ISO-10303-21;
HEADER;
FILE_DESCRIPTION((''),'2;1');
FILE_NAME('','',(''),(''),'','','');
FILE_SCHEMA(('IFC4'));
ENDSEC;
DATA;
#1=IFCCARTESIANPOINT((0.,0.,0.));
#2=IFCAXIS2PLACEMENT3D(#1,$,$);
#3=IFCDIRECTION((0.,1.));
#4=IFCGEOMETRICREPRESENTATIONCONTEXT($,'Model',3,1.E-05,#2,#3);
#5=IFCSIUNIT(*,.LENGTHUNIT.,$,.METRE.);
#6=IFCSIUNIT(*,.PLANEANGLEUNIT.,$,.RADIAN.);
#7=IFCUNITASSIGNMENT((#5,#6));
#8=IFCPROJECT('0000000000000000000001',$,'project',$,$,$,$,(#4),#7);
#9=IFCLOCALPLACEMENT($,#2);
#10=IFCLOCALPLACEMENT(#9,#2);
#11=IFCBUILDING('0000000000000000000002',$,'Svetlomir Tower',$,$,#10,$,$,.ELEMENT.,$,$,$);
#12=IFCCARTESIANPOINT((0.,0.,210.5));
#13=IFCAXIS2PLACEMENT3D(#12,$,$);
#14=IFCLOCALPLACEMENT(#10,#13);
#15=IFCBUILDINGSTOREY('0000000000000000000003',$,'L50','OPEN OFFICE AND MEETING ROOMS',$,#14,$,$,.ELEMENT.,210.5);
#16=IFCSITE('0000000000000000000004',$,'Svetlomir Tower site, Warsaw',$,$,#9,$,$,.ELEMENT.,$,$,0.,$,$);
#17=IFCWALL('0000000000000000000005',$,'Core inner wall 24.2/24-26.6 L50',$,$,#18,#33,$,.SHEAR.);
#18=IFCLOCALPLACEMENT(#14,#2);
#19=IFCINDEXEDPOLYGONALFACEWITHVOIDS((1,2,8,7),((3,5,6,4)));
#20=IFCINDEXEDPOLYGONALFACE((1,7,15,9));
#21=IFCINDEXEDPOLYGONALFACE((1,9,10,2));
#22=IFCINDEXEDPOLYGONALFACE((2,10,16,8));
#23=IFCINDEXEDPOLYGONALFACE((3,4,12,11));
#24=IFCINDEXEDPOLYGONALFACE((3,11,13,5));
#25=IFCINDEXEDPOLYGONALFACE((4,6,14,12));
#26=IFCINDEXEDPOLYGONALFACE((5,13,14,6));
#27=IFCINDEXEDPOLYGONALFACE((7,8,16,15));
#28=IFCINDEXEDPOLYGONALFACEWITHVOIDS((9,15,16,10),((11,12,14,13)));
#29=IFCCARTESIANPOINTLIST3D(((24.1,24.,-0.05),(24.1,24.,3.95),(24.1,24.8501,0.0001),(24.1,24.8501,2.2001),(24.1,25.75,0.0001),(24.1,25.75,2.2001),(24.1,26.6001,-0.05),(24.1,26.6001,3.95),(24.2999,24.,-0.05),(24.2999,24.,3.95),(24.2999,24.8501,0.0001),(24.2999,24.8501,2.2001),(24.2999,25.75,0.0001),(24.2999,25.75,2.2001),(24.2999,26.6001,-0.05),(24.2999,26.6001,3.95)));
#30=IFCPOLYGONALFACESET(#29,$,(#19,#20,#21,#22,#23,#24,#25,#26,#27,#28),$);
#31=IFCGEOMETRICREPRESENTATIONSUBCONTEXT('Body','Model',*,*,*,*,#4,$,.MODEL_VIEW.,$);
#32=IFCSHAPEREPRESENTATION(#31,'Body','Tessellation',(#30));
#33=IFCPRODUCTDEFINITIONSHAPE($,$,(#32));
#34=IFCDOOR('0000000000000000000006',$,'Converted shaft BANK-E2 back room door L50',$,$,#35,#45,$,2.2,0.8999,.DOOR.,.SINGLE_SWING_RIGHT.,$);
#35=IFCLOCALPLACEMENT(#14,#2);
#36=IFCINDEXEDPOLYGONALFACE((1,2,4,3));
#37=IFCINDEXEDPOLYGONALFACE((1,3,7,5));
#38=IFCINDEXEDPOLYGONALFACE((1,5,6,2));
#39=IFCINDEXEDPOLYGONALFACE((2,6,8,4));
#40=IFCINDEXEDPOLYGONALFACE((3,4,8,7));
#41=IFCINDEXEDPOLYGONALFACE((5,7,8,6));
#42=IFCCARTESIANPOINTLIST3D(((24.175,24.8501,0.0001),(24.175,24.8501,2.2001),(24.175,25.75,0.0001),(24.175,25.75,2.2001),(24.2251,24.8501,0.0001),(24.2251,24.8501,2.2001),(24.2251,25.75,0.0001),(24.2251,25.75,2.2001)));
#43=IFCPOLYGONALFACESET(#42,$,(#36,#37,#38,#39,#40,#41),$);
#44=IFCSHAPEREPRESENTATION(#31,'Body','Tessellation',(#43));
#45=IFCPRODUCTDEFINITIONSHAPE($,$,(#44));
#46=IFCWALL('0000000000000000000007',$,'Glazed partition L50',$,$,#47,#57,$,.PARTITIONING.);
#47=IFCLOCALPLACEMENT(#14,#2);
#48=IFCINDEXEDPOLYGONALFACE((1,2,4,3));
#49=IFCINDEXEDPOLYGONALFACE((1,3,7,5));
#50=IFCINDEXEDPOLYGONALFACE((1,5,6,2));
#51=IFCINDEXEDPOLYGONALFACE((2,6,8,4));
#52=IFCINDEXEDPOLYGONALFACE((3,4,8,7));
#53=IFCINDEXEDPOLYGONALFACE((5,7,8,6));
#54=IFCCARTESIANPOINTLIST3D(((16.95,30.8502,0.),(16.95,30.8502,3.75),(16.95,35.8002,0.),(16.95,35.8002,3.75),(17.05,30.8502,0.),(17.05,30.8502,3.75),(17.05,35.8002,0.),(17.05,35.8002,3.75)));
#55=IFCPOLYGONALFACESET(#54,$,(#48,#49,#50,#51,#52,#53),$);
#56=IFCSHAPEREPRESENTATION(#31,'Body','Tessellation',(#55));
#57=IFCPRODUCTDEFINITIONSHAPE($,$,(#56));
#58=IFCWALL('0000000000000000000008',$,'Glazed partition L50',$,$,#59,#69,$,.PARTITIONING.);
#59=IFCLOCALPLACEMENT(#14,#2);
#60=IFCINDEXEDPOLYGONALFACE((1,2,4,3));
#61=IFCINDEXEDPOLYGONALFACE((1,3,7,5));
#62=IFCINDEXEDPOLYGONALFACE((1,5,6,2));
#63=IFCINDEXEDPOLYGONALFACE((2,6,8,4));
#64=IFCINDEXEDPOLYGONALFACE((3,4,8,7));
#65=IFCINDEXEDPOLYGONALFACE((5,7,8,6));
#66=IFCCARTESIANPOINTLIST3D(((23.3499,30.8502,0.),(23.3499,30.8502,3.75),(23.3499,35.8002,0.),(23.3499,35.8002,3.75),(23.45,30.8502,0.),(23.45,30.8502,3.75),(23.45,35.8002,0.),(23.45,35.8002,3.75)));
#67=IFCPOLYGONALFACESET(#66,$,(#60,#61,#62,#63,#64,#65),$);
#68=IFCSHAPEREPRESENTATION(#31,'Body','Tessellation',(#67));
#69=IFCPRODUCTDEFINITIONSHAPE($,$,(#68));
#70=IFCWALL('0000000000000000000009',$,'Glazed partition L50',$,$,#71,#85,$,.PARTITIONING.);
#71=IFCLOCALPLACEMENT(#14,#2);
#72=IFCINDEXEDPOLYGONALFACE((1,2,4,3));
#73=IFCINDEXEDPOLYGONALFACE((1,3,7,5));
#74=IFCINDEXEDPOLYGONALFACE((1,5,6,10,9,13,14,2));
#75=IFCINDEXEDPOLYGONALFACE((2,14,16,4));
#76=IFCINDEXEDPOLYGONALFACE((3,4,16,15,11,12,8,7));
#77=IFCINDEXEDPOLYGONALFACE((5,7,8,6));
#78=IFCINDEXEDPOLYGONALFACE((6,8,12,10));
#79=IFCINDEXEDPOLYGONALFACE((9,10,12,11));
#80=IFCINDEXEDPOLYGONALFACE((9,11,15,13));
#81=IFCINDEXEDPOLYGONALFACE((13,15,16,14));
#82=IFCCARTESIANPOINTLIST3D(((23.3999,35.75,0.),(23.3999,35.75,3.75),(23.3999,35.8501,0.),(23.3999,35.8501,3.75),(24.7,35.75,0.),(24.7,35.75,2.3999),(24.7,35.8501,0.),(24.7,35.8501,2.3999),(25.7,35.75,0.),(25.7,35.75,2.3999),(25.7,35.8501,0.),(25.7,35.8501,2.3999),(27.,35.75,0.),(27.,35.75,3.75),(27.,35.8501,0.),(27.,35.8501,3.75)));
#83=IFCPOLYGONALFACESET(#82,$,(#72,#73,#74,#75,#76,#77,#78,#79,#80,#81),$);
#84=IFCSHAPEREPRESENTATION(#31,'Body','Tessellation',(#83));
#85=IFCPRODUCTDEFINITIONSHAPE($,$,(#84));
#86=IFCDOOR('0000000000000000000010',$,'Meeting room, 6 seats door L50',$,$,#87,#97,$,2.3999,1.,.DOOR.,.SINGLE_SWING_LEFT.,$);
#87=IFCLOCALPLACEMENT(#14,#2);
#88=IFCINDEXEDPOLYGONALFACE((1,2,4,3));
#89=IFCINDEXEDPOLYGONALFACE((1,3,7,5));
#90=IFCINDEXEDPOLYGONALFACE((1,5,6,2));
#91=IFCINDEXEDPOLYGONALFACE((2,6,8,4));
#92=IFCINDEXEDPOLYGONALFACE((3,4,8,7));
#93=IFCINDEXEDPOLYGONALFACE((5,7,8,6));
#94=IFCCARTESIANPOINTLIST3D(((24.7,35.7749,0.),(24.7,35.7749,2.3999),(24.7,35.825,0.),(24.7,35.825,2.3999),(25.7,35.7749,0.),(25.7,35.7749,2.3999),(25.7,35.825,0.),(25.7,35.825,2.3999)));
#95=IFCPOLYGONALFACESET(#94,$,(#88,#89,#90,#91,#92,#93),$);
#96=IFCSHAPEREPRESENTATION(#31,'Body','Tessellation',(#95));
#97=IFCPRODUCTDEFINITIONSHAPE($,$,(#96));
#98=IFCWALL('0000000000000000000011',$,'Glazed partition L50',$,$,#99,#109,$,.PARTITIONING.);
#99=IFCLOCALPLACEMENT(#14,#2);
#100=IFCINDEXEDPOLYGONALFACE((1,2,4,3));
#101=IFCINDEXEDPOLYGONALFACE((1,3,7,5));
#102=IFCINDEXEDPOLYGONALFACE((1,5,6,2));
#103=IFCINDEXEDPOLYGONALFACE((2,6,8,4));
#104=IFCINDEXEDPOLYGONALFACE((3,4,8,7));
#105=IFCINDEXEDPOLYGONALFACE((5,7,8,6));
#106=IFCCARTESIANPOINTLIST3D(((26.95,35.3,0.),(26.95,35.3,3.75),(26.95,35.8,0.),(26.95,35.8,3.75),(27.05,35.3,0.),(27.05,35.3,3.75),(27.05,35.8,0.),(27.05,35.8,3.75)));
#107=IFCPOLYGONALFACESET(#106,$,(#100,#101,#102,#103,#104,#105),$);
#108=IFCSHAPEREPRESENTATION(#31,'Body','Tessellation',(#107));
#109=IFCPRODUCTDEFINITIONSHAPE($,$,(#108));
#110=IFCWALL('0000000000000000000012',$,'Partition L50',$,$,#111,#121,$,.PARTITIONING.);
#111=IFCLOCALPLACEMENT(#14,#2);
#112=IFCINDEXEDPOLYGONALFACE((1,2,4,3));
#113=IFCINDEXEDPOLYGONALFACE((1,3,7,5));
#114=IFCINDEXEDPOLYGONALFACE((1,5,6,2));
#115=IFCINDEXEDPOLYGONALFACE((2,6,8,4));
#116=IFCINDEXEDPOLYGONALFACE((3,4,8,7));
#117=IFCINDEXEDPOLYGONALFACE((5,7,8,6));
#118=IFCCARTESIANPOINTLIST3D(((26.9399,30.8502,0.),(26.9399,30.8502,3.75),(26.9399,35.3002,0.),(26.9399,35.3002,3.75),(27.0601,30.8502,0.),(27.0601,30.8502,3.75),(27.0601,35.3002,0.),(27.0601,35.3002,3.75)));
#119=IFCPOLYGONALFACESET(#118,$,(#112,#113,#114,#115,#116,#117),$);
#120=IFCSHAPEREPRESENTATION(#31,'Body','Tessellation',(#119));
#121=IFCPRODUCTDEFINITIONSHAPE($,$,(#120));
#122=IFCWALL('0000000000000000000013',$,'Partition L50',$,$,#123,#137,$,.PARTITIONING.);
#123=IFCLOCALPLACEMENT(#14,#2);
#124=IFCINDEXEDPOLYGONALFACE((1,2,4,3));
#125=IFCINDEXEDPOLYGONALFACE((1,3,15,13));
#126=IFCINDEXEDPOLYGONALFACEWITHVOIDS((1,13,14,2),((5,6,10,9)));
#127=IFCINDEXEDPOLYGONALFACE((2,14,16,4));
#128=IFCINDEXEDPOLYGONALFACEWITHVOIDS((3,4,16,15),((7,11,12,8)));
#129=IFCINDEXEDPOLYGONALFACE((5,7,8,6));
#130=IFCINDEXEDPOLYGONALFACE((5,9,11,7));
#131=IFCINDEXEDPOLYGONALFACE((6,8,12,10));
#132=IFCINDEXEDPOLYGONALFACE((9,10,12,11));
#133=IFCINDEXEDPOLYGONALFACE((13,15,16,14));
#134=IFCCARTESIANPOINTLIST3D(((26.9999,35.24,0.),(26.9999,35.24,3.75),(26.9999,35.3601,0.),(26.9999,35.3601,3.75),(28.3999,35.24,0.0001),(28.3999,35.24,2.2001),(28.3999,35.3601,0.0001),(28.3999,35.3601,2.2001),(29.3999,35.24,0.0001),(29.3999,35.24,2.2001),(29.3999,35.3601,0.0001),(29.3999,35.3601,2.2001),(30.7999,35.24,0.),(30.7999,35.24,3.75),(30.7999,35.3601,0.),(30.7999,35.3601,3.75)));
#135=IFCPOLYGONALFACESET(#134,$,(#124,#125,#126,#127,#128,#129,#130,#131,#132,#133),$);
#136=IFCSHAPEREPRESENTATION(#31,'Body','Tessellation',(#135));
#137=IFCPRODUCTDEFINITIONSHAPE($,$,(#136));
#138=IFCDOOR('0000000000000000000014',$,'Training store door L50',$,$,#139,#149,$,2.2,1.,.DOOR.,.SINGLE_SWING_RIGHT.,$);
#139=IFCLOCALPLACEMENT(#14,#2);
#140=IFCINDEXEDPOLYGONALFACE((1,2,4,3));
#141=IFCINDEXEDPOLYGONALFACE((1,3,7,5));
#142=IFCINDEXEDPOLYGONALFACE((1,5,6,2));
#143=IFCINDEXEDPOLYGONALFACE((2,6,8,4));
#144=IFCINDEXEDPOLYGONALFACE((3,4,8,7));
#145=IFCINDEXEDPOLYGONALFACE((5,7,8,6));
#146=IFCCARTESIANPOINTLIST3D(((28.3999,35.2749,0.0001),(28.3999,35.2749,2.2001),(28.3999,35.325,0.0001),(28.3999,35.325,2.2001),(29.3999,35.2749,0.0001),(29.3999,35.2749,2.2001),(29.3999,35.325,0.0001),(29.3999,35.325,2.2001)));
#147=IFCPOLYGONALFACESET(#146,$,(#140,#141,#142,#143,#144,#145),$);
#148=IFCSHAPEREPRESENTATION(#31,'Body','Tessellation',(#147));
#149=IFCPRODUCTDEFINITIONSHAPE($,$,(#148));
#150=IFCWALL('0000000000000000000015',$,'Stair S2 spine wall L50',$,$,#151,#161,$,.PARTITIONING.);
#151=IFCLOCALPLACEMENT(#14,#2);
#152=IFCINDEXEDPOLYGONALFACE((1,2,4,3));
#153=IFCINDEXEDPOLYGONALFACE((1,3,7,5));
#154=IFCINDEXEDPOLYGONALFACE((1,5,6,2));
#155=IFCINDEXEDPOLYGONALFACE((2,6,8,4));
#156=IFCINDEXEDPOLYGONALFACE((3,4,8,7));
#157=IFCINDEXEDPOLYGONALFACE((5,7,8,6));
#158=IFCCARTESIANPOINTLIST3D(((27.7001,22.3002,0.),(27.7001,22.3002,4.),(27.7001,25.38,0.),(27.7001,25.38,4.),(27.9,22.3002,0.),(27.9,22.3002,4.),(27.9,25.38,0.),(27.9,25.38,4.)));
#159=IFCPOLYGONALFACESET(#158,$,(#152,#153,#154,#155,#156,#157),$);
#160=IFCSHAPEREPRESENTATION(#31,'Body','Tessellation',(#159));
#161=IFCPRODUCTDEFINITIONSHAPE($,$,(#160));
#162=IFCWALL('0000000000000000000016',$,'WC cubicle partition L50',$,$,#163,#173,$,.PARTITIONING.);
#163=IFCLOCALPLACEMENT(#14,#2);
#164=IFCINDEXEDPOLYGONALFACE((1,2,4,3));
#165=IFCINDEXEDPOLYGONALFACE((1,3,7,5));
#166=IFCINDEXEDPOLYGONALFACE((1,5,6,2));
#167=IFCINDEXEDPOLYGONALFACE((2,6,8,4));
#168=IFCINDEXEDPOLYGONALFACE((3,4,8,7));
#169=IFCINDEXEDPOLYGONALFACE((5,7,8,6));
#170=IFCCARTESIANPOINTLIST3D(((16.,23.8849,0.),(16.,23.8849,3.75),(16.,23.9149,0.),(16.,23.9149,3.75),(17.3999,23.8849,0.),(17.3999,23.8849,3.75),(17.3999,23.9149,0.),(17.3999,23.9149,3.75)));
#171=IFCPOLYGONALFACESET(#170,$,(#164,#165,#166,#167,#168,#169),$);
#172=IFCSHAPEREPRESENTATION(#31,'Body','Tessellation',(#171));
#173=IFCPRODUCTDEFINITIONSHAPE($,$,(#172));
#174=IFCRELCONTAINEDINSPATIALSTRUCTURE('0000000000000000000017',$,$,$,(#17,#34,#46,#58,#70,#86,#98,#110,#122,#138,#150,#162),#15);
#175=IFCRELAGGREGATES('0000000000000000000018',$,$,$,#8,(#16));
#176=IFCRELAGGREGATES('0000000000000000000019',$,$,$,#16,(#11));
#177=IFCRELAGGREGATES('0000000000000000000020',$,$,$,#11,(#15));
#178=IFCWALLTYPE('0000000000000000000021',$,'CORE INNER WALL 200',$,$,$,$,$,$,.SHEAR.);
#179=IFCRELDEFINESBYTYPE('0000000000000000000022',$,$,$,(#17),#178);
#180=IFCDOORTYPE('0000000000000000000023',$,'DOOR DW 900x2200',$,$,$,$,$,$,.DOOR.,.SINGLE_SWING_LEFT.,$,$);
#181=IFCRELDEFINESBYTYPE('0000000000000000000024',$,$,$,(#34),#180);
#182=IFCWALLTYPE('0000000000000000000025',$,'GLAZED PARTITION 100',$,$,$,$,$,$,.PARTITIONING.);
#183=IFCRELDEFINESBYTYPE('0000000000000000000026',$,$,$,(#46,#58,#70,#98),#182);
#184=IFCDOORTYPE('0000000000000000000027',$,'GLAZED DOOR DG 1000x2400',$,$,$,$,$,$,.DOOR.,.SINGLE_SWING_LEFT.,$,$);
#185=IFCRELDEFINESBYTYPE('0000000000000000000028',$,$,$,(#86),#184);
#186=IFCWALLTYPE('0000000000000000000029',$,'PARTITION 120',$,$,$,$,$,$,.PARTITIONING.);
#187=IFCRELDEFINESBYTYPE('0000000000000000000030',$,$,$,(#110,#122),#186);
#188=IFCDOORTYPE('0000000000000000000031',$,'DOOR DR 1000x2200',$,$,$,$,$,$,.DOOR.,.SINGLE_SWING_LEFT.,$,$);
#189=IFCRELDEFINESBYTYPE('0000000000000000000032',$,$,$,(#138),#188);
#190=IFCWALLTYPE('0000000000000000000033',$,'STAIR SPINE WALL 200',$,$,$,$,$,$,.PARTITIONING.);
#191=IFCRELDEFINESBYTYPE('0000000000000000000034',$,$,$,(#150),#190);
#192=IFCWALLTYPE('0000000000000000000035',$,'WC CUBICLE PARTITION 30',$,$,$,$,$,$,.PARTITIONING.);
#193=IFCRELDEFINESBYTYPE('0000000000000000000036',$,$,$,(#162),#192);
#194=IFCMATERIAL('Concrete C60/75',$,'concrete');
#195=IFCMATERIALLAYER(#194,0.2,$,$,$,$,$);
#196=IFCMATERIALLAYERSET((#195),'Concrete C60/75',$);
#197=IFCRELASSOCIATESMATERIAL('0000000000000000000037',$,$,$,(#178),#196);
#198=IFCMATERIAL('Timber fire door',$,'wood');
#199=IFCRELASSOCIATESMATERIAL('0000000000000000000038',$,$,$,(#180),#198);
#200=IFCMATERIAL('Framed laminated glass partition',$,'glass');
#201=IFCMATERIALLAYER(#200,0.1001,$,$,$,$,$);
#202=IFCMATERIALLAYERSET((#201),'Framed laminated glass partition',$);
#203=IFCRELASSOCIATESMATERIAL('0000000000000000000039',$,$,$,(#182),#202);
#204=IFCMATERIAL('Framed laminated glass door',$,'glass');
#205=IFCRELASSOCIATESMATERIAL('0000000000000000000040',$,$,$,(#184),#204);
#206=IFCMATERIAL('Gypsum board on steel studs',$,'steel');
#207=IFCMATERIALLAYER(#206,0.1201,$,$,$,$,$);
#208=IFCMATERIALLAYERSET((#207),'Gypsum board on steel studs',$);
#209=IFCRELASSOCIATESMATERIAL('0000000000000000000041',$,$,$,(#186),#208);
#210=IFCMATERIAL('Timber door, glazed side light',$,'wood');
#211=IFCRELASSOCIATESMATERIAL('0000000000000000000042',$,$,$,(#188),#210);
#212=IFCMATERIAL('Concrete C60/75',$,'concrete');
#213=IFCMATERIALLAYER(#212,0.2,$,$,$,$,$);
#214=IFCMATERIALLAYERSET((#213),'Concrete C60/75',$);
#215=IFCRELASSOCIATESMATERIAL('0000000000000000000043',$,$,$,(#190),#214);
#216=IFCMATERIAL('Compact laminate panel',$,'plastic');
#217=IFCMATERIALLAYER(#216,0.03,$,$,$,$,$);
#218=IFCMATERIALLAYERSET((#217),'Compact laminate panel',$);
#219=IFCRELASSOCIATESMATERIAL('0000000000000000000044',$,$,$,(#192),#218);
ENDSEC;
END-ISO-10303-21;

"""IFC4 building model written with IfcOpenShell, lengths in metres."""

from ifc_helpers import new_model, si_unit, direction, frame, frame_2d, origin, place, context, subcontext, project, spatial, rectangle, extrude, material, layer, layer_set, type_object, element, fill, save


model = new_model("IFC4")

# Units and contexts
model_context = context("Model", 3, precision=1e-05, world=origin(), true_north=direction((0.0, 1.0)))
body_context = subcontext(model_context, "Body", "Model", "MODEL_VIEW")
ifc_project = project(units=[si_unit("LENGTHUNIT", "METRE"), si_unit("PLANEANGLEUNIT", "RADIAN")], contexts=[model_context])

# Site, building, storey
site_placement = place(None, origin())
site = spatial("IfcSite", under=ifc_project, at=site_placement, Name="Svetlomir Tower site, Warsaw", CompositionType="ELEMENT", RefElevation=0.0)
building_placement = place(site_placement, origin())
building = spatial("IfcBuilding", under=site, at=building_placement, Name="Svetlomir Tower", CompositionType="ELEMENT")
storey_placement = place(building_placement, frame((0.0, 0.0, 210.5)))
storey = spatial("IfcBuildingStorey", under=building, at=storey_placement, Name="L50", Description="OPEN OFFICE AND MEETING ROOMS", CompositionType="ELEMENT", Elevation=210.5)

# Shared definitions
ifc_material_1 = material(Name="Concrete C60/75", Category="concrete")
ifc_layer_1 = layer(ifc_material_1, 0.2)
ifc_layer_set_1 = layer_set([ifc_layer_1], Name="Concrete C60/75")
wall_type_1 = type_object("IfcWallType", Name="CORE INNER WALL 200", PredefinedType="SHEAR", material=ifc_layer_set_1)

# Wall, opening, door
ifc_material_2 = material(Name="Timber fire door", Category="wood")
door_type_1 = type_object("IfcDoorType", Name="DOOR DW 900x2200", OperationType="SINGLE_SWING_LEFT", PredefinedType="DOOR", material=ifc_material_2)
wall_1_placement = place(storey_placement, frame((24.2, 24.0, -0.05), z_axis=(0.0, 0.0, 1.0), x_axis=(0.0, 1.0, 0.0)))
wall_1 = element("IfcWall", 1, at=wall_1_placement, inside=storey, type_object=wall_type_1, Name="Core inner wall 24.2/24-26.6 L50", PredefinedType="SHEAR", context=body_context, shape_type="SweptSolid", body=[
    extrude(rectangle(XDim=2.6001, YDim=0.2, at=frame_2d((1.3, 0.0))), origin(), (0.0, 0.0, 1.0), 4.0),
])
opening_1_placement = place(wall_1_placement, frame((0.8501, 0.0, 0.05)))
opening_1 = element("IfcOpeningElement", 2, at=opening_1_placement, cuts=wall_1, PredefinedType="OPENING", context=body_context, shape_type="SweptSolid", body=[
    extrude(rectangle(XDim=0.8999, YDim=2.2, at=frame_2d((0.45, 1.1001))), frame((0.0, 0.1099, 0.0), z_axis=(0.0, -1.0, 0.0), x_axis=(1.0, 0.0, 0.0)), (0.0, 0.0, 1.0), 0.22),
])
door_1_placement = place(opening_1_placement, origin())
door_1 = element("IfcDoor", 3, at=door_1_placement, inside=storey, type_object=door_type_1, Name="Converted shaft BANK-E2 back room door L50", OperationType="SINGLE_SWING_RIGHT", OverallHeight=2.2, OverallWidth=0.8999, PredefinedType="DOOR", context=body_context, shape_type="SweptSolid", body=[
    extrude(rectangle(XDim=0.8999, YDim=2.2, at=frame_2d((0.45, 1.1001))), frame((0.0, 0.0249, 0.0), z_axis=(0.0, -1.0, 0.0), x_axis=(1.0, 0.0, 0.0)), (0.0, 0.0, 1.0), 0.05),
])
fill(opening_1, door_1)

# Walls
ifc_material_3 = material(Name="Framed laminated glass partition", Category="glass")
ifc_layer_2 = layer(ifc_material_3, 0.1001)
ifc_layer_set_2 = layer_set([ifc_layer_2], Name="Framed laminated glass partition")
wall_type_2 = type_object("IfcWallType", Name="GLAZED PARTITION 100", PredefinedType="PARTITIONING", material=ifc_layer_set_2)
for number, where, z_axis, x_axis, name in (
    (4, (17.0, 30.8501, 0.0), (0.0, 0.0, 1.0), (0.0, 1.0, 0.0), "Glazed partition L50"),
    (5, (23.3999, 30.8501, 0.0), (0.0, 0.0, 1.0), (0.0, 1.0, 0.0), "Glazed partition L50"),
):
    element("IfcWall", number, at=place(storey_placement, frame(where, z_axis=z_axis, x_axis=x_axis)), inside=storey, type_object=wall_type_2, Name=name, PredefinedType="PARTITIONING", context=body_context, shape_type="SweptSolid", body=[
        extrude(rectangle(XDim=4.95, YDim=0.1001, at=frame_2d((2.4751, 0.0))), origin(), (0.0, 0.0, 1.0), 3.75),
    ])

# Wall, opening, door
wall_2_placement = place(storey_placement, frame((23.3999, 35.8, 0.0), z_axis=(0.0, 0.0, 1.0), x_axis=(1.0, 0.0, 0.0)))
wall_2 = element("IfcWall", 6, at=wall_2_placement, inside=storey, type_object=wall_type_2, Name="Glazed partition L50", PredefinedType="PARTITIONING", context=body_context, shape_type="SweptSolid", body=[
    extrude(rectangle(XDim=3.6001, YDim=0.1001, at=frame_2d((1.8, 0.0))), origin(), (0.0, 0.0, 1.0), 3.75),
])
opening_2_placement = place(wall_2_placement, frame((1.3, 0.0, 0.0)))
opening_2 = element("IfcOpeningElement", 7, at=opening_2_placement, cuts=wall_2, PredefinedType="OPENING", context=body_context, shape_type="SweptSolid", body=[
    extrude(rectangle(XDim=1.0, YDim=2.3999, at=frame_2d((0.5, 1.2))), frame((0.0, 0.0601, 0.0), z_axis=(0.0, -1.0, 0.0), x_axis=(1.0, 0.0, 0.0)), (0.0, 0.0, 1.0), 0.1201),
])
ifc_material_4 = material(Name="Framed laminated glass door", Category="glass")
door_type_2 = type_object("IfcDoorType", Name="GLAZED DOOR DG 1000x2400", OperationType="SINGLE_SWING_LEFT", PredefinedType="DOOR", material=ifc_material_4)
door_2_placement = place(opening_2_placement, origin())
door_2 = element("IfcDoor", 8, at=door_2_placement, inside=storey, type_object=door_type_2, Name="Meeting room, 6 seats door L50", OperationType="SINGLE_SWING_LEFT", OverallHeight=2.3999, OverallWidth=1.0, PredefinedType="DOOR", context=body_context, shape_type="SweptSolid", body=[
    extrude(rectangle(XDim=1.0, YDim=2.3999, at=frame_2d((0.5, 1.2))), frame((0.0, 0.0249, 0.0), z_axis=(0.0, -1.0, 0.0), x_axis=(1.0, 0.0, 0.0)), (0.0, 0.0, 1.0), 0.05),
])
fill(opening_2, door_2)

# Walls
wall_3_placement = place(storey_placement, frame((27.0, 35.3, 0.0), z_axis=(0.0, 0.0, 1.0), x_axis=(0.0, 1.0, 0.0)))
element("IfcWall", 9, at=wall_3_placement, inside=storey, type_object=wall_type_2, Name="Glazed partition L50", PredefinedType="PARTITIONING", context=body_context, shape_type="SweptSolid", body=[
    extrude(rectangle(XDim=0.5, YDim=0.1001, at=frame_2d((0.25, 0.0))), origin(), (0.0, 0.0, 1.0), 3.75),
])
ifc_material_5 = material(Name="Gypsum board on steel studs", Category="steel")
ifc_layer_3 = layer(ifc_material_5, 0.1201)
ifc_layer_set_3 = layer_set([ifc_layer_3], Name="Gypsum board on steel studs")
wall_type_3 = type_object("IfcWallType", Name="PARTITION 120", PredefinedType="PARTITIONING", material=ifc_layer_set_3)
wall_4_placement = place(storey_placement, frame((27.0, 30.8501, 0.0), z_axis=(0.0, 0.0, 1.0), x_axis=(0.0, 1.0, 0.0)))
element("IfcWall", 10, at=wall_4_placement, inside=storey, type_object=wall_type_3, Name="Partition L50", PredefinedType="PARTITIONING", context=body_context, shape_type="SweptSolid", body=[
    extrude(rectangle(XDim=4.45, YDim=0.1201, at=frame_2d((2.2251, 0.0))), origin(), (0.0, 0.0, 1.0), 3.75),
])

# Wall, opening, door
wall_5_placement = place(storey_placement, frame((27.0, 35.3, 0.0), z_axis=(0.0, 0.0, 1.0), x_axis=(1.0, 0.0, 0.0)))
wall_5 = element("IfcWall", 11, at=wall_5_placement, inside=storey, type_object=wall_type_3, Name="Partition L50", PredefinedType="PARTITIONING", context=body_context, shape_type="SweptSolid", body=[
    extrude(rectangle(XDim=3.8, YDim=0.1201, at=frame_2d((1.8999, 0.0))), origin(), (0.0, 0.0, 1.0), 3.75),
])
opening_3_placement = place(wall_5_placement, frame((1.3999, 0.0, 0.0)))
opening_3 = element("IfcOpeningElement", 12, at=opening_3_placement, cuts=wall_5, PredefinedType="OPENING", context=body_context, shape_type="SweptSolid", body=[
    extrude(rectangle(XDim=1.0, YDim=2.2, at=frame_2d((0.5, 1.1001))), frame((0.0, 0.0701, 0.0), z_axis=(0.0, -1.0, 0.0), x_axis=(1.0, 0.0, 0.0)), (0.0, 0.0, 1.0), 0.1401),
])
ifc_material_6 = material(Name="Timber door, glazed side light", Category="wood")
door_type_3 = type_object("IfcDoorType", Name="DOOR DR 1000x2200", OperationType="SINGLE_SWING_LEFT", PredefinedType="DOOR", material=ifc_material_6)
door_3_placement = place(opening_3_placement, origin())
door_3 = element("IfcDoor", 13, at=door_3_placement, inside=storey, type_object=door_type_3, Name="Training store door L50", OperationType="SINGLE_SWING_RIGHT", OverallHeight=2.2, OverallWidth=1.0, PredefinedType="DOOR", context=body_context, shape_type="SweptSolid", body=[
    extrude(rectangle(XDim=1.0, YDim=2.2, at=frame_2d((0.5, 1.1001))), frame((0.0, 0.0249, 0.0), z_axis=(0.0, -1.0, 0.0), x_axis=(1.0, 0.0, 0.0)), (0.0, 0.0, 1.0), 0.05),
])
fill(opening_3, door_3)

# Walls
ifc_material_7 = material(Name="Concrete C60/75", Category="concrete")
ifc_layer_4 = layer(ifc_material_7, 0.2)
ifc_layer_set_4 = layer_set([ifc_layer_4], Name="Concrete C60/75")
wall_type_4 = type_object("IfcWallType", Name="STAIR SPINE WALL 200", PredefinedType="PARTITIONING", material=ifc_layer_set_4)
wall_6_placement = place(storey_placement, frame((27.8, 22.3, 0.0), z_axis=(0.0, 0.0, 1.0), x_axis=(0.0, 1.0, 0.0)))
element("IfcWall", 14, at=wall_6_placement, inside=storey, type_object=wall_type_4, Name="Stair S2 spine wall L50", PredefinedType="PARTITIONING", context=body_context, shape_type="SweptSolid", body=[
    extrude(rectangle(XDim=3.0798, YDim=0.2, at=frame_2d((1.54, 0.0))), origin(), (0.0, 0.0, 1.0), 4.0),
])
ifc_material_8 = material(Name="Compact laminate panel", Category="plastic")
ifc_layer_5 = layer(ifc_material_8, 0.03)
ifc_layer_set_5 = layer_set([ifc_layer_5], Name="Compact laminate panel")
wall_type_5 = type_object("IfcWallType", Name="WC CUBICLE PARTITION 30", PredefinedType="PARTITIONING", material=ifc_layer_set_5)
wall_7_placement = place(storey_placement, frame((16.0, 23.8999, 0.0), z_axis=(0.0, 0.0, 1.0), x_axis=(1.0, 0.0, 0.0)))
element("IfcWall", 15, at=wall_7_placement, inside=storey, type_object=wall_type_5, Name="WC cubicle partition L50", PredefinedType="PARTITIONING", context=body_context, shape_type="SweptSolid", body=[
    extrude(rectangle(XDim=1.3999, YDim=0.03, at=frame_2d((0.7, 0.0))), origin(), (0.0, 0.0, 1.0), 3.75),
])

save(model, "model.ifc")
